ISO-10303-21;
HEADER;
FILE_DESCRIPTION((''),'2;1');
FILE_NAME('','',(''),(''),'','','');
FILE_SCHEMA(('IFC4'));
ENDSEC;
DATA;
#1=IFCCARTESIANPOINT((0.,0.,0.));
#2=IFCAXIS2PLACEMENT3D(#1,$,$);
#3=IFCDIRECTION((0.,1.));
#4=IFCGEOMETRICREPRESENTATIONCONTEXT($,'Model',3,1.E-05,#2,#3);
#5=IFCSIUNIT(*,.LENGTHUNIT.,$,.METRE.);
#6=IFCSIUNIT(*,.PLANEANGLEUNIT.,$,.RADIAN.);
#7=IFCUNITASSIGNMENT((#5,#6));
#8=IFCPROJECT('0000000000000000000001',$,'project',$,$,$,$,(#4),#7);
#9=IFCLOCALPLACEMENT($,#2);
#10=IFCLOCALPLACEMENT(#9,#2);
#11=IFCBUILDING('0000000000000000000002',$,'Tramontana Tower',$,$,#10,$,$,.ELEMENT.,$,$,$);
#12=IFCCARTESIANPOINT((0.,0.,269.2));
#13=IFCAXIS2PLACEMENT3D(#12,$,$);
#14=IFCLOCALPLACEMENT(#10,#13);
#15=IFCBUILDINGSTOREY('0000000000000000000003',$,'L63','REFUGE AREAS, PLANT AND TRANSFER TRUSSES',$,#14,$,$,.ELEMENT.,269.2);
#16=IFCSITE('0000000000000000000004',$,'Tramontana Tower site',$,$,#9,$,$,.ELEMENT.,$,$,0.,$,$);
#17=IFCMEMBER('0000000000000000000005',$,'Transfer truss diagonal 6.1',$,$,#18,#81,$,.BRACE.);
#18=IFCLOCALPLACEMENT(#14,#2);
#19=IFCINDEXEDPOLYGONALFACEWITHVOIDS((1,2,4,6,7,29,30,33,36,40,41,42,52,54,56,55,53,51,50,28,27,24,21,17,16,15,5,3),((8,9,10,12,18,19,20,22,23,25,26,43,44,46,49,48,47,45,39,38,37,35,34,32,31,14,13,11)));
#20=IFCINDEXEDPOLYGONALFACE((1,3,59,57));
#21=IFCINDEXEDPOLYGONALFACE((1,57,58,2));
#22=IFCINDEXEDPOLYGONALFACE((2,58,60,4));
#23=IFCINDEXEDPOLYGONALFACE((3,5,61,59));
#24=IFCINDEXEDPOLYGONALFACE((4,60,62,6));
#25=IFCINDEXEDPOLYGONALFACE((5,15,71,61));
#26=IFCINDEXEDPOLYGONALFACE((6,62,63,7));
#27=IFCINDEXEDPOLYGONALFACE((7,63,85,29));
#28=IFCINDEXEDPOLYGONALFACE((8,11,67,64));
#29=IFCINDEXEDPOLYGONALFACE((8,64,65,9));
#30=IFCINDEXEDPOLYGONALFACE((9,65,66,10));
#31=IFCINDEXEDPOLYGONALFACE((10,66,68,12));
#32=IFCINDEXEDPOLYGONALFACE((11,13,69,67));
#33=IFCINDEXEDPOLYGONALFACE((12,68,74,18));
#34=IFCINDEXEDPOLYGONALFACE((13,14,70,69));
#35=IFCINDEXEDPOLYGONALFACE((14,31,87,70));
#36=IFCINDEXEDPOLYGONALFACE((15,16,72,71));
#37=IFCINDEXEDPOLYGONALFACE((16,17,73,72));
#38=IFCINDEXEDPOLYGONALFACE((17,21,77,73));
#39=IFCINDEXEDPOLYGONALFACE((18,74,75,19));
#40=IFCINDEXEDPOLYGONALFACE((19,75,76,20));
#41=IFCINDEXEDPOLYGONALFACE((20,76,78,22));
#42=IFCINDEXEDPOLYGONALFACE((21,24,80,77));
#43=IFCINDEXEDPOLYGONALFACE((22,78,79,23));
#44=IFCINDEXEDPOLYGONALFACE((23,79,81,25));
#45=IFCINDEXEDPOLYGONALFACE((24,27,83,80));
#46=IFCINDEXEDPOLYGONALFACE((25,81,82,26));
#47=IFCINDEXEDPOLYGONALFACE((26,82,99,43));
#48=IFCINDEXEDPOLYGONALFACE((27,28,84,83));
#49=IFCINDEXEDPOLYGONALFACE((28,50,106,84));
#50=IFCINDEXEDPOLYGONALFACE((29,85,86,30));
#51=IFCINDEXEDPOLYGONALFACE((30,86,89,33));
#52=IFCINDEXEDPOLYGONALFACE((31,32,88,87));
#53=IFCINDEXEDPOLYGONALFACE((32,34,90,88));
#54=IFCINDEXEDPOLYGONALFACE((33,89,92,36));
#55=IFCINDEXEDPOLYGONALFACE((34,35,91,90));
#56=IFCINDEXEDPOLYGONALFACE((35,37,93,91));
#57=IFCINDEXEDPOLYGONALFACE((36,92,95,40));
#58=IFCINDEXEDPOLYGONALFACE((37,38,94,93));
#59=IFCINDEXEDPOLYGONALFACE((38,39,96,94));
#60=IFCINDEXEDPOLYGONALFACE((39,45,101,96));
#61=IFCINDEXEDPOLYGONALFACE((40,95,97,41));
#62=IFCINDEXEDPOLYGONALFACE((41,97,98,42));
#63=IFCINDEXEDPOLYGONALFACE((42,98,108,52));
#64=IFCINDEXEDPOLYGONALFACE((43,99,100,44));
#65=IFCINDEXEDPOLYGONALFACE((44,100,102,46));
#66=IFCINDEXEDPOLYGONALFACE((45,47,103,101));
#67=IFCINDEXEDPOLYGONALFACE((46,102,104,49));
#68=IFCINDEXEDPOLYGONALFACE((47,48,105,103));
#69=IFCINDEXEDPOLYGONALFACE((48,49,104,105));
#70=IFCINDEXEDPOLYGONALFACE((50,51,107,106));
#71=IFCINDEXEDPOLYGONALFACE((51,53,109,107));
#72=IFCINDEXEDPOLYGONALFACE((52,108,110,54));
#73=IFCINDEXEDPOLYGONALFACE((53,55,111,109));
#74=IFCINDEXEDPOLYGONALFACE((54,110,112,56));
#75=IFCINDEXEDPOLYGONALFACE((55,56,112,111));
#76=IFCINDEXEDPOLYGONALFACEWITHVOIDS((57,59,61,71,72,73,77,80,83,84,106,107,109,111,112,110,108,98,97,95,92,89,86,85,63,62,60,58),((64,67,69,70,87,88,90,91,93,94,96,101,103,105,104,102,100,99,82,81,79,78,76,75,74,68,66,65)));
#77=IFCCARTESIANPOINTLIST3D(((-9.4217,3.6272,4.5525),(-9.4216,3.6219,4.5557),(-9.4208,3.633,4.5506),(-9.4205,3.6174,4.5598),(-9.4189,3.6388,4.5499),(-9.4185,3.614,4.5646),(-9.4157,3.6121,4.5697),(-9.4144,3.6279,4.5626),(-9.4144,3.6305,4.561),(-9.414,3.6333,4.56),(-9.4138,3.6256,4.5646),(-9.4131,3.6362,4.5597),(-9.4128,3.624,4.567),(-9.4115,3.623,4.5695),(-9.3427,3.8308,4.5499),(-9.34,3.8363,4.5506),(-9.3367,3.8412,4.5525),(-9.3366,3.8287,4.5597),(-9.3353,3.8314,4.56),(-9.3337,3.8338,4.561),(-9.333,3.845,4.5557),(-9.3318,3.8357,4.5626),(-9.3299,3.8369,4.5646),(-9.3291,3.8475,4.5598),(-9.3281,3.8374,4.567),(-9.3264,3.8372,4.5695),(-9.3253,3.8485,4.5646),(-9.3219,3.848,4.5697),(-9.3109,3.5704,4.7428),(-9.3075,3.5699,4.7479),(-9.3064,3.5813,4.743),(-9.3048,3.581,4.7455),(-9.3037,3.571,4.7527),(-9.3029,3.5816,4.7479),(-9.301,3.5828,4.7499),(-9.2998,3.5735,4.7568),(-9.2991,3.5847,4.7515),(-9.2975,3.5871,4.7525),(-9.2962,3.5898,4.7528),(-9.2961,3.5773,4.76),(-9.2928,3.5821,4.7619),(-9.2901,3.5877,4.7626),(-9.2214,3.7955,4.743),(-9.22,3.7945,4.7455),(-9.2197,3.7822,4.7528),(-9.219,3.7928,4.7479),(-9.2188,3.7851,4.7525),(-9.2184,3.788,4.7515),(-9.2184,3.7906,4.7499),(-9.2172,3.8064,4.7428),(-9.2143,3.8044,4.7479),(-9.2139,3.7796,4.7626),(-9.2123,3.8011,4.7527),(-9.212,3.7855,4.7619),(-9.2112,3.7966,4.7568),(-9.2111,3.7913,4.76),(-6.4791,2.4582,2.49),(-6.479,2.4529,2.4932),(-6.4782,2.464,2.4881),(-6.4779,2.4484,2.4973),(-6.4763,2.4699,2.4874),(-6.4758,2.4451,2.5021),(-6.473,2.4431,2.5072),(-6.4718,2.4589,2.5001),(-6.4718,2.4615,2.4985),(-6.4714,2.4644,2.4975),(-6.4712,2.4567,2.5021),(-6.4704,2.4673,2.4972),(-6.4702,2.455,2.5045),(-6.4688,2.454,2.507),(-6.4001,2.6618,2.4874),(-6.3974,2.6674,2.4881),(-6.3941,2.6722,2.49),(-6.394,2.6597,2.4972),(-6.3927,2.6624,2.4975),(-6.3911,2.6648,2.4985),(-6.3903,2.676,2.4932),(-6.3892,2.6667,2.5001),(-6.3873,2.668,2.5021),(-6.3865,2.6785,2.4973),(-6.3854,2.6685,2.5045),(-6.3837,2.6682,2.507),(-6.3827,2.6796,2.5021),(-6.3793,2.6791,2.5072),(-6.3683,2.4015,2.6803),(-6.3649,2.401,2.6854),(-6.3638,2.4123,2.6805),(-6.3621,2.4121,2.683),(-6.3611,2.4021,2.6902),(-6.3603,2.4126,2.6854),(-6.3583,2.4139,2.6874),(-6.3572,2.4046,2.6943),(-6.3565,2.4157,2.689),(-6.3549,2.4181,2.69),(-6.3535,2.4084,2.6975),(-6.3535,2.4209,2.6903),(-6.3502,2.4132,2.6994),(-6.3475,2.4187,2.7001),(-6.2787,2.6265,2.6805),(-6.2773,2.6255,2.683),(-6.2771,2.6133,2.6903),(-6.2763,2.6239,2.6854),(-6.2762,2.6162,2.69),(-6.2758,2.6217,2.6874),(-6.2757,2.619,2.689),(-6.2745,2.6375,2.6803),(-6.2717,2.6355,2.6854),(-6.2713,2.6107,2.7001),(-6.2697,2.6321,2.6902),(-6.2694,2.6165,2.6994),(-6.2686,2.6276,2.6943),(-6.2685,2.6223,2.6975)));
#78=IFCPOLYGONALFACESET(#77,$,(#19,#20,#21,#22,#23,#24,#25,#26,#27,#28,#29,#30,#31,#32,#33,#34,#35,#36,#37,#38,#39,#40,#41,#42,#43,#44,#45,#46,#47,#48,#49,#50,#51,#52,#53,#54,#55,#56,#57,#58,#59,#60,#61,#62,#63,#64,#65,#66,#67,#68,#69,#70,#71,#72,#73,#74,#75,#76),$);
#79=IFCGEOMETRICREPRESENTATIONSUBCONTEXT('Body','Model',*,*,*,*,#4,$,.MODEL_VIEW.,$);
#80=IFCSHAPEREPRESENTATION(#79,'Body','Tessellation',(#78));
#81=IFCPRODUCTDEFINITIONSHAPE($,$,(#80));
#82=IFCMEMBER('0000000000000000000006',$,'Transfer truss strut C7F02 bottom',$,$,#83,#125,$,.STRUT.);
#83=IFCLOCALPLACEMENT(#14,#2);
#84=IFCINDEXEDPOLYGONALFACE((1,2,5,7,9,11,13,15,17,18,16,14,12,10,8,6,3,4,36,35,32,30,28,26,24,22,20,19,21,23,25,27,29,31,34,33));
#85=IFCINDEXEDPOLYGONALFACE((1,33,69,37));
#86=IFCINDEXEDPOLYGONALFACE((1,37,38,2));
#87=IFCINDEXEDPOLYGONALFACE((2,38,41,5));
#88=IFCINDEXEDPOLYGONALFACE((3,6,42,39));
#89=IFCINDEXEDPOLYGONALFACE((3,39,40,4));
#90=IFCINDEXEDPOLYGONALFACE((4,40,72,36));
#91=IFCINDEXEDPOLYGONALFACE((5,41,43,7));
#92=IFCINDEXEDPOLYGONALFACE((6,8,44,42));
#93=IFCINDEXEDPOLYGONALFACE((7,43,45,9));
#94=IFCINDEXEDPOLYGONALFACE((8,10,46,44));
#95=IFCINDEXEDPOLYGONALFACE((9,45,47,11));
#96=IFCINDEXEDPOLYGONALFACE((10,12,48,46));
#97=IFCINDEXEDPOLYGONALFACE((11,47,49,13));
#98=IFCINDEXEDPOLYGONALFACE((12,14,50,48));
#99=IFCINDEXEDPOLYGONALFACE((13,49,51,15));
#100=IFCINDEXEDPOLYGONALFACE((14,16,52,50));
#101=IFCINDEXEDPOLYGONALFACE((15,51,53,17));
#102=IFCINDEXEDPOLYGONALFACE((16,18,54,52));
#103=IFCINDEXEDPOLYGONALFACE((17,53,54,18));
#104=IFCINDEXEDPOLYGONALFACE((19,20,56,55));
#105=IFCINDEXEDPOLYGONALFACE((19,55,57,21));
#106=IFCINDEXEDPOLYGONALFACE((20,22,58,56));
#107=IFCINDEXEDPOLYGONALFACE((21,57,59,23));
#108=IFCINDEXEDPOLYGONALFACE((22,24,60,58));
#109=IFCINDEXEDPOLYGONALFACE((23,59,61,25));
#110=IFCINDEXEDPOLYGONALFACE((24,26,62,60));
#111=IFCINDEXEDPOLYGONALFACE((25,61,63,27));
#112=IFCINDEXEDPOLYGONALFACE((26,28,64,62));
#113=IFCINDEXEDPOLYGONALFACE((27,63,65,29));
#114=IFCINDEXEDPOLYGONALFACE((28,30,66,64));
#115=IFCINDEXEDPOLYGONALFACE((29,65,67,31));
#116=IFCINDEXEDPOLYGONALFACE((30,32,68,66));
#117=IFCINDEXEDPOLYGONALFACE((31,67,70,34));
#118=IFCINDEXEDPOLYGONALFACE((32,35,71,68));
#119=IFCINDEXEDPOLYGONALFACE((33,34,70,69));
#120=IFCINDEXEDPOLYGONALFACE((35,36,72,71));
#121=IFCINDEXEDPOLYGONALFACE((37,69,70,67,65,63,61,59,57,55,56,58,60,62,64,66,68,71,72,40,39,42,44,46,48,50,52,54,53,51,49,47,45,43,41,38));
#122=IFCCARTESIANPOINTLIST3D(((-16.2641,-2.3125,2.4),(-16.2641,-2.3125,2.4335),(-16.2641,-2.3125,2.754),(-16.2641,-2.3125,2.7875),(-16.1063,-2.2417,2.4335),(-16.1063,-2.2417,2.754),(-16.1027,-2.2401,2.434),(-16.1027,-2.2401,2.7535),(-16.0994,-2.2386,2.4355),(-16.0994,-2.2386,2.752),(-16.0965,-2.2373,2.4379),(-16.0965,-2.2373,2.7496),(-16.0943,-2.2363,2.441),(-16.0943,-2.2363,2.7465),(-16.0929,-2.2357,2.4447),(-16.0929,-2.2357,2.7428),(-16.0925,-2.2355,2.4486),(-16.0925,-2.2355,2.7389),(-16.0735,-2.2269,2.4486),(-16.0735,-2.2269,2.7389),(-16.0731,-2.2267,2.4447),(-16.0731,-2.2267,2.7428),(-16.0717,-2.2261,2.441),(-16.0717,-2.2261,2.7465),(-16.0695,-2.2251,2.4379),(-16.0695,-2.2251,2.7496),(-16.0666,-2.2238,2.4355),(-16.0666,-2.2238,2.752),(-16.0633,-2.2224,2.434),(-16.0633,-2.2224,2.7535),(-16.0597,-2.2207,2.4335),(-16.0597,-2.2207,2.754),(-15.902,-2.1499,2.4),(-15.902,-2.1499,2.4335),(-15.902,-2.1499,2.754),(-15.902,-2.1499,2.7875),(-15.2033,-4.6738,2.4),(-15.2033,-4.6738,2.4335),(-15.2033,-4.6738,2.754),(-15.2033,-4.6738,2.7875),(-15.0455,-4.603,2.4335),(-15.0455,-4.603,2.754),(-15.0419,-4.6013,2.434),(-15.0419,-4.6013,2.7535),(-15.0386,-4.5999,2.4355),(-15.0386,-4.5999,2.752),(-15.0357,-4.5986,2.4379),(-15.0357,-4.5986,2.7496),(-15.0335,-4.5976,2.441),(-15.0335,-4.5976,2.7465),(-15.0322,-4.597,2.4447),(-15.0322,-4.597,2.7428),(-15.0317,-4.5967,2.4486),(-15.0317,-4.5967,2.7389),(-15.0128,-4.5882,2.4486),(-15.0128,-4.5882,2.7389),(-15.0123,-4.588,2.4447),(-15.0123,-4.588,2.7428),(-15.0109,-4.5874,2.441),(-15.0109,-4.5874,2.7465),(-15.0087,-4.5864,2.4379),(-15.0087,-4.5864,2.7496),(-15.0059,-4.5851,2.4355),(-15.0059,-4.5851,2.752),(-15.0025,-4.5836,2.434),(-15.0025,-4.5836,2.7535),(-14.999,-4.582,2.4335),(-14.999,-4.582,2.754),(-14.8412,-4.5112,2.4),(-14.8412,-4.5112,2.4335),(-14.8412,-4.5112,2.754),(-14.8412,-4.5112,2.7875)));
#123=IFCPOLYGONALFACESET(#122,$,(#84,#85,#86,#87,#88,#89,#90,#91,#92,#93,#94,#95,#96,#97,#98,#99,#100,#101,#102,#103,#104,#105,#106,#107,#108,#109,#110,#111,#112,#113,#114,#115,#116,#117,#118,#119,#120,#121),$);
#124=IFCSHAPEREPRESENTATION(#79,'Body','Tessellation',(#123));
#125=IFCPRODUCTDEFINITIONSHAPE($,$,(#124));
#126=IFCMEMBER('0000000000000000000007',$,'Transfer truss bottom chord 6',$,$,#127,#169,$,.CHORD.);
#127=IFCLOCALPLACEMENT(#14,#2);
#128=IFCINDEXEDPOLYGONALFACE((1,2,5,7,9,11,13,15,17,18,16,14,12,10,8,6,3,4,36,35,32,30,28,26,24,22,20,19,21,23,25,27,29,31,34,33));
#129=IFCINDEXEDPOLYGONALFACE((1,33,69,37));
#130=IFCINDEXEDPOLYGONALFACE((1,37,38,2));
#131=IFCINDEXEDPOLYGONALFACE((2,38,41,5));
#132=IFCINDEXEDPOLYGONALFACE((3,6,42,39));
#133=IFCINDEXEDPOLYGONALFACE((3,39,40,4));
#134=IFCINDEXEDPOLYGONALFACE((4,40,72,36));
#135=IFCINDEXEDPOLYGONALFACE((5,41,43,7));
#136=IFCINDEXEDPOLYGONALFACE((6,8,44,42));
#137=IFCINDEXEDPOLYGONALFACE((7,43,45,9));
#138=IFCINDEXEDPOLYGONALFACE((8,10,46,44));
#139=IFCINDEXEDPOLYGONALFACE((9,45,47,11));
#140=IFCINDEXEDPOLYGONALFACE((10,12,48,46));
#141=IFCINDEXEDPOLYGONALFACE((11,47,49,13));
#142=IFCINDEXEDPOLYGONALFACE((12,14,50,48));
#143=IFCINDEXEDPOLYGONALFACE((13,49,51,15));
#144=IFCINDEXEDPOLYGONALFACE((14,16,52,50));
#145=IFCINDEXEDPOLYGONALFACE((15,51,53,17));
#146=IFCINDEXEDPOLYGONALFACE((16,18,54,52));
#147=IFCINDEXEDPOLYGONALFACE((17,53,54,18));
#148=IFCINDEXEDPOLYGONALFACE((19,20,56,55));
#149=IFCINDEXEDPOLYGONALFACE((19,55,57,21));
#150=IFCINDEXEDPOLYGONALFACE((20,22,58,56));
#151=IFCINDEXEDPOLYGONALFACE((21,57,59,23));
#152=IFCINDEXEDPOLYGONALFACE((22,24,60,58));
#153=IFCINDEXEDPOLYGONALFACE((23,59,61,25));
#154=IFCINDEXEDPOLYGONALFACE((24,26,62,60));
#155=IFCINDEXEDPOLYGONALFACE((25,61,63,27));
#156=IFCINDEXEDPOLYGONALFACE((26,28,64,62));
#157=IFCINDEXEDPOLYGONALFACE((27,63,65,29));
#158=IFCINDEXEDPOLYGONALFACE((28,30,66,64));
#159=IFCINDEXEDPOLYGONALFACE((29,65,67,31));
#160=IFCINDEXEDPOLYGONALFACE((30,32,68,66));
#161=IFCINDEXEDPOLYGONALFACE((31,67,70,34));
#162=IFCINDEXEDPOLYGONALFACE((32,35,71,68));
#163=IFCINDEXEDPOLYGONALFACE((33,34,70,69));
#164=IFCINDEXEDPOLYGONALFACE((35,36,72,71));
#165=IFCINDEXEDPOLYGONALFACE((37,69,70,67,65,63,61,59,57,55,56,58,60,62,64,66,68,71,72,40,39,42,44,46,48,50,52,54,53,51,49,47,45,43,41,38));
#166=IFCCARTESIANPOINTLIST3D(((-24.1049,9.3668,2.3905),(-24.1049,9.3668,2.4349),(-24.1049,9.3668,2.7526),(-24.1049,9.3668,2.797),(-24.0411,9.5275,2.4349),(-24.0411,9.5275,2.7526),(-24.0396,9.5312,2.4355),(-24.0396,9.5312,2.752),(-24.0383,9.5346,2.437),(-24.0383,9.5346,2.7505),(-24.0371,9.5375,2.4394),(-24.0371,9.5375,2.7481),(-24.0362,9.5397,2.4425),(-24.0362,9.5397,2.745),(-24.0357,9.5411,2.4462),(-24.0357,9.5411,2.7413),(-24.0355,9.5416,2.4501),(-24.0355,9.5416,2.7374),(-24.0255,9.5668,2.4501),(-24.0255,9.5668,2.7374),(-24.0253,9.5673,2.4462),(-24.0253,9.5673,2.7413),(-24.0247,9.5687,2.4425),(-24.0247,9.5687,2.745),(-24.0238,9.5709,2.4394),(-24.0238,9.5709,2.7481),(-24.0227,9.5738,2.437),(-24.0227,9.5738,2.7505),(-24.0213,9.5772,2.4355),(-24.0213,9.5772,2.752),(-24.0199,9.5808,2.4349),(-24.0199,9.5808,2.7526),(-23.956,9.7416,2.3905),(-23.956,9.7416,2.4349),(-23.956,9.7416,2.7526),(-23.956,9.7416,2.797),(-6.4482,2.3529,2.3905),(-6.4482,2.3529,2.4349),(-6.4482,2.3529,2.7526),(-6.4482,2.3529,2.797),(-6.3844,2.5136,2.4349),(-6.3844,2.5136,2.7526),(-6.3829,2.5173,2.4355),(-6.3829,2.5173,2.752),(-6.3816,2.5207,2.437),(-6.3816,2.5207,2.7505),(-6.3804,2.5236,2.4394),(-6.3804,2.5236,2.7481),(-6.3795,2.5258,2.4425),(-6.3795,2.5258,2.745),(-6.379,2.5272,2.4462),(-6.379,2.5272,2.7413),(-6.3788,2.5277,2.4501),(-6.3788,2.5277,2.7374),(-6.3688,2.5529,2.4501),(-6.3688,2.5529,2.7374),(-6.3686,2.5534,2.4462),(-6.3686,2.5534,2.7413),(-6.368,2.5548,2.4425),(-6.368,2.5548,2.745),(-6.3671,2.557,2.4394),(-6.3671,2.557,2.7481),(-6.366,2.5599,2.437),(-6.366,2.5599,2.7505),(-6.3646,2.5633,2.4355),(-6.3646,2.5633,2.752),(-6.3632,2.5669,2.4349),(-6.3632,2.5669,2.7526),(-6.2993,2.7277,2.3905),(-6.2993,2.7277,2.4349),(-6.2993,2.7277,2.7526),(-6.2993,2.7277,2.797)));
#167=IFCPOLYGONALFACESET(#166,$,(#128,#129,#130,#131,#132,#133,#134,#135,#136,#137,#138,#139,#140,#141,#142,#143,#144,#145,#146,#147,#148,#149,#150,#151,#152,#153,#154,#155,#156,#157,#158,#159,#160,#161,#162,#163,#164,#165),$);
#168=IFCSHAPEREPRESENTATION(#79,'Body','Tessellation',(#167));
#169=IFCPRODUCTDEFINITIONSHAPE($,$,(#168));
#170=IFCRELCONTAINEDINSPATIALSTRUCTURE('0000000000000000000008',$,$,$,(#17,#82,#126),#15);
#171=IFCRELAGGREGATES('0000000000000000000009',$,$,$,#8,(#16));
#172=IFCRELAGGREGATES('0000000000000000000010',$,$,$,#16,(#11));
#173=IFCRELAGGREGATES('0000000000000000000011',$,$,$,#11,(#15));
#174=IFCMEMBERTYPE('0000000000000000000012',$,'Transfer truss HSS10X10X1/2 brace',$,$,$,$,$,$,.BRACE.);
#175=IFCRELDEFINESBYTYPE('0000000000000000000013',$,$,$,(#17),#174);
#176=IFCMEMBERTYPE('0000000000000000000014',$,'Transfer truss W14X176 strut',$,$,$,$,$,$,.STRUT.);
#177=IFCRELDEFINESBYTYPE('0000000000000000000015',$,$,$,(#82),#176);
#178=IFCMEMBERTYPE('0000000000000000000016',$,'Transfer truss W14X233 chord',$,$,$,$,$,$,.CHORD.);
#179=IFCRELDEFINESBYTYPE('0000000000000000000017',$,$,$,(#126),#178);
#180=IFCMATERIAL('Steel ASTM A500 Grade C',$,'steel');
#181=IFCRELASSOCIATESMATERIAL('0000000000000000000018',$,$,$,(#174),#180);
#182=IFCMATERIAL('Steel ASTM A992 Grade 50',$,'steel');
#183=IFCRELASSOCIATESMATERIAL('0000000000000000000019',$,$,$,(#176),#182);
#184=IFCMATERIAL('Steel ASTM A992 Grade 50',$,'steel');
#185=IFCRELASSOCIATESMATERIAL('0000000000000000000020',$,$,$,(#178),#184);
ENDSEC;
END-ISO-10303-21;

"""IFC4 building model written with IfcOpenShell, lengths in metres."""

from ifc_helpers import new_model, si_unit, direction, frame, origin, origin_2d, place, context, subcontext, project, spatial, hollow_rectangle, i_section, extrude, material, material_profile, profile_set, type_object, element, save


model = new_model("IFC4")

# Units and contexts
model_context = context("Model", 3, precision=1e-05, world=origin(), true_north=direction((0.0, 1.0)))
body_context = subcontext(model_context, "Body", "Model", "MODEL_VIEW")
ifc_project = project(units=[si_unit("LENGTHUNIT", "METRE"), si_unit("PLANEANGLEUNIT", "RADIAN")], contexts=[model_context])

# Site, building, storey
site_placement = place(None, origin())
site = spatial("IfcSite", under=ifc_project, at=site_placement, Name="Tramontana Tower site", CompositionType="ELEMENT", RefElevation=0.0)
building_placement = place(site_placement, origin())
building = spatial("IfcBuilding", under=site, at=building_placement, Name="Tramontana Tower", CompositionType="ELEMENT")
storey_placement = place(building_placement, frame((0.0, 0.0, 269.2)))
storey = spatial("IfcBuildingStorey", under=building, at=storey_placement, Name="L63", Description="REFUGE AREAS, PLANT AND TRANSFER TRUSSES", CompositionType="ELEMENT", Elevation=269.2)

# Members
ifc_material_1 = material(Name="Steel ASTM A500 Grade C", Category="steel")
ifc_material_profile_1 = material_profile(ifc_material_1, hollow_rectangle(XDim=0.2539, YDim=0.2539, WallThickness=0.0117, InnerFilletRadius=0.0117, OuterFilletRadius=0.0237, at=origin_2d()), Name="HSS10X10X1/2")
ifc_profile_set_1 = profile_set([ifc_material_profile_1], Name="Steel ASTM A500 Grade C")
member_type_1 = type_object("IfcMemberType", Name="Transfer truss HSS10X10X1/2 brace", PredefinedType="BRACE", material=ifc_profile_set_1)
member_1_placement = place(storey_placement, frame((-6.3738, 2.5403, 2.5938), z_axis=(-0.778718, 0.309342, 0.545807), x_axis=(-0.369183, -0.929357, 0.0)))
element("IfcMember", 1, at=member_1_placement, inside=storey, type_object=member_type_1, Name="Transfer truss diagonal 6.1", PredefinedType="BRACE", context=body_context, shape_type="SweptSolid", body=[
    extrude(hollow_rectangle(XDim=0.2539, YDim=0.2539, WallThickness=0.0117, InnerFilletRadius=0.0117, OuterFilletRadius=0.0237, at=origin_2d()), origin(), (0.0, 0.0, 1.0), 3.7788),
])
ifc_material_2 = material(Name="Steel ASTM A992 Grade 50", Category="steel")
ifc_material_profile_2 = material_profile(ifc_material_2, i_section(OverallWidth=0.397, OverallDepth=0.3875, WebThickness=0.0208, FlangeThickness=0.0334, FilletRadius=0.0151, at=origin_2d()), Name="W14X176")
ifc_profile_set_2 = profile_set([ifc_material_profile_2], Name="Steel ASTM A992 Grade 50")
member_type_2 = type_object("IfcMemberType", Name="Transfer truss W14X176 strut", PredefinedType="STRUT", material=ifc_profile_set_2)
member_2_placement = place(storey_placement, frame((-16.083, -2.2312, 2.5938), z_axis=(0.409784, -0.912182, 0.0), x_axis=(0.912182, 0.409784, 0.0)))
element("IfcMember", 2, at=member_2_placement, inside=storey, type_object=member_type_2, Name="Transfer truss strut C7F02 bottom", PredefinedType="STRUT", context=body_context, shape_type="SweptSolid", body=[
    extrude(i_section(OverallWidth=0.397, OverallDepth=0.3875, WebThickness=0.0208, FlangeThickness=0.0334, FilletRadius=0.0151, at=origin_2d()), origin(), (0.0, 0.0, 1.0), 2.5886),
])
ifc_material_3 = material(Name="Steel ASTM A992 Grade 50", Category="steel")
ifc_material_profile_3 = material_profile(ifc_material_3, i_section(OverallWidth=0.4033, OverallDepth=0.4065, WebThickness=0.0271, FlangeThickness=0.0444, FilletRadius=0.0151, at=origin_2d()), Name="W14X233")
ifc_profile_set_3 = profile_set([ifc_material_profile_3], Name="Steel ASTM A992 Grade 50")
member_type_3 = type_object("IfcMemberType", Name="Transfer truss W14X233 chord", PredefinedType="CHORD", material=ifc_profile_set_3)
for number, where, z_axis, x_axis, name in (
    (3, (-6.3738, 2.5403, 2.5938), (-0.929359, 0.369176, 0.0), (-0.369176, -0.929359, 0.0), "Transfer truss bottom chord 6"),
):
    element("IfcMember", number, at=place(storey_placement, frame(where, z_axis=z_axis, x_axis=x_axis)), inside=storey, type_object=member_type_3, Name=name, PredefinedType="CHORD", context=body_context, shape_type="SweptSolid", body=[
        extrude(i_section(OverallWidth=0.4033, OverallDepth=0.4065, WebThickness=0.0271, FlangeThickness=0.0444, FilletRadius=0.0151, at=origin_2d()), origin(), (0.0, 0.0, 1.0), 18.9988),
    ])

save(model, "model.ifc")
